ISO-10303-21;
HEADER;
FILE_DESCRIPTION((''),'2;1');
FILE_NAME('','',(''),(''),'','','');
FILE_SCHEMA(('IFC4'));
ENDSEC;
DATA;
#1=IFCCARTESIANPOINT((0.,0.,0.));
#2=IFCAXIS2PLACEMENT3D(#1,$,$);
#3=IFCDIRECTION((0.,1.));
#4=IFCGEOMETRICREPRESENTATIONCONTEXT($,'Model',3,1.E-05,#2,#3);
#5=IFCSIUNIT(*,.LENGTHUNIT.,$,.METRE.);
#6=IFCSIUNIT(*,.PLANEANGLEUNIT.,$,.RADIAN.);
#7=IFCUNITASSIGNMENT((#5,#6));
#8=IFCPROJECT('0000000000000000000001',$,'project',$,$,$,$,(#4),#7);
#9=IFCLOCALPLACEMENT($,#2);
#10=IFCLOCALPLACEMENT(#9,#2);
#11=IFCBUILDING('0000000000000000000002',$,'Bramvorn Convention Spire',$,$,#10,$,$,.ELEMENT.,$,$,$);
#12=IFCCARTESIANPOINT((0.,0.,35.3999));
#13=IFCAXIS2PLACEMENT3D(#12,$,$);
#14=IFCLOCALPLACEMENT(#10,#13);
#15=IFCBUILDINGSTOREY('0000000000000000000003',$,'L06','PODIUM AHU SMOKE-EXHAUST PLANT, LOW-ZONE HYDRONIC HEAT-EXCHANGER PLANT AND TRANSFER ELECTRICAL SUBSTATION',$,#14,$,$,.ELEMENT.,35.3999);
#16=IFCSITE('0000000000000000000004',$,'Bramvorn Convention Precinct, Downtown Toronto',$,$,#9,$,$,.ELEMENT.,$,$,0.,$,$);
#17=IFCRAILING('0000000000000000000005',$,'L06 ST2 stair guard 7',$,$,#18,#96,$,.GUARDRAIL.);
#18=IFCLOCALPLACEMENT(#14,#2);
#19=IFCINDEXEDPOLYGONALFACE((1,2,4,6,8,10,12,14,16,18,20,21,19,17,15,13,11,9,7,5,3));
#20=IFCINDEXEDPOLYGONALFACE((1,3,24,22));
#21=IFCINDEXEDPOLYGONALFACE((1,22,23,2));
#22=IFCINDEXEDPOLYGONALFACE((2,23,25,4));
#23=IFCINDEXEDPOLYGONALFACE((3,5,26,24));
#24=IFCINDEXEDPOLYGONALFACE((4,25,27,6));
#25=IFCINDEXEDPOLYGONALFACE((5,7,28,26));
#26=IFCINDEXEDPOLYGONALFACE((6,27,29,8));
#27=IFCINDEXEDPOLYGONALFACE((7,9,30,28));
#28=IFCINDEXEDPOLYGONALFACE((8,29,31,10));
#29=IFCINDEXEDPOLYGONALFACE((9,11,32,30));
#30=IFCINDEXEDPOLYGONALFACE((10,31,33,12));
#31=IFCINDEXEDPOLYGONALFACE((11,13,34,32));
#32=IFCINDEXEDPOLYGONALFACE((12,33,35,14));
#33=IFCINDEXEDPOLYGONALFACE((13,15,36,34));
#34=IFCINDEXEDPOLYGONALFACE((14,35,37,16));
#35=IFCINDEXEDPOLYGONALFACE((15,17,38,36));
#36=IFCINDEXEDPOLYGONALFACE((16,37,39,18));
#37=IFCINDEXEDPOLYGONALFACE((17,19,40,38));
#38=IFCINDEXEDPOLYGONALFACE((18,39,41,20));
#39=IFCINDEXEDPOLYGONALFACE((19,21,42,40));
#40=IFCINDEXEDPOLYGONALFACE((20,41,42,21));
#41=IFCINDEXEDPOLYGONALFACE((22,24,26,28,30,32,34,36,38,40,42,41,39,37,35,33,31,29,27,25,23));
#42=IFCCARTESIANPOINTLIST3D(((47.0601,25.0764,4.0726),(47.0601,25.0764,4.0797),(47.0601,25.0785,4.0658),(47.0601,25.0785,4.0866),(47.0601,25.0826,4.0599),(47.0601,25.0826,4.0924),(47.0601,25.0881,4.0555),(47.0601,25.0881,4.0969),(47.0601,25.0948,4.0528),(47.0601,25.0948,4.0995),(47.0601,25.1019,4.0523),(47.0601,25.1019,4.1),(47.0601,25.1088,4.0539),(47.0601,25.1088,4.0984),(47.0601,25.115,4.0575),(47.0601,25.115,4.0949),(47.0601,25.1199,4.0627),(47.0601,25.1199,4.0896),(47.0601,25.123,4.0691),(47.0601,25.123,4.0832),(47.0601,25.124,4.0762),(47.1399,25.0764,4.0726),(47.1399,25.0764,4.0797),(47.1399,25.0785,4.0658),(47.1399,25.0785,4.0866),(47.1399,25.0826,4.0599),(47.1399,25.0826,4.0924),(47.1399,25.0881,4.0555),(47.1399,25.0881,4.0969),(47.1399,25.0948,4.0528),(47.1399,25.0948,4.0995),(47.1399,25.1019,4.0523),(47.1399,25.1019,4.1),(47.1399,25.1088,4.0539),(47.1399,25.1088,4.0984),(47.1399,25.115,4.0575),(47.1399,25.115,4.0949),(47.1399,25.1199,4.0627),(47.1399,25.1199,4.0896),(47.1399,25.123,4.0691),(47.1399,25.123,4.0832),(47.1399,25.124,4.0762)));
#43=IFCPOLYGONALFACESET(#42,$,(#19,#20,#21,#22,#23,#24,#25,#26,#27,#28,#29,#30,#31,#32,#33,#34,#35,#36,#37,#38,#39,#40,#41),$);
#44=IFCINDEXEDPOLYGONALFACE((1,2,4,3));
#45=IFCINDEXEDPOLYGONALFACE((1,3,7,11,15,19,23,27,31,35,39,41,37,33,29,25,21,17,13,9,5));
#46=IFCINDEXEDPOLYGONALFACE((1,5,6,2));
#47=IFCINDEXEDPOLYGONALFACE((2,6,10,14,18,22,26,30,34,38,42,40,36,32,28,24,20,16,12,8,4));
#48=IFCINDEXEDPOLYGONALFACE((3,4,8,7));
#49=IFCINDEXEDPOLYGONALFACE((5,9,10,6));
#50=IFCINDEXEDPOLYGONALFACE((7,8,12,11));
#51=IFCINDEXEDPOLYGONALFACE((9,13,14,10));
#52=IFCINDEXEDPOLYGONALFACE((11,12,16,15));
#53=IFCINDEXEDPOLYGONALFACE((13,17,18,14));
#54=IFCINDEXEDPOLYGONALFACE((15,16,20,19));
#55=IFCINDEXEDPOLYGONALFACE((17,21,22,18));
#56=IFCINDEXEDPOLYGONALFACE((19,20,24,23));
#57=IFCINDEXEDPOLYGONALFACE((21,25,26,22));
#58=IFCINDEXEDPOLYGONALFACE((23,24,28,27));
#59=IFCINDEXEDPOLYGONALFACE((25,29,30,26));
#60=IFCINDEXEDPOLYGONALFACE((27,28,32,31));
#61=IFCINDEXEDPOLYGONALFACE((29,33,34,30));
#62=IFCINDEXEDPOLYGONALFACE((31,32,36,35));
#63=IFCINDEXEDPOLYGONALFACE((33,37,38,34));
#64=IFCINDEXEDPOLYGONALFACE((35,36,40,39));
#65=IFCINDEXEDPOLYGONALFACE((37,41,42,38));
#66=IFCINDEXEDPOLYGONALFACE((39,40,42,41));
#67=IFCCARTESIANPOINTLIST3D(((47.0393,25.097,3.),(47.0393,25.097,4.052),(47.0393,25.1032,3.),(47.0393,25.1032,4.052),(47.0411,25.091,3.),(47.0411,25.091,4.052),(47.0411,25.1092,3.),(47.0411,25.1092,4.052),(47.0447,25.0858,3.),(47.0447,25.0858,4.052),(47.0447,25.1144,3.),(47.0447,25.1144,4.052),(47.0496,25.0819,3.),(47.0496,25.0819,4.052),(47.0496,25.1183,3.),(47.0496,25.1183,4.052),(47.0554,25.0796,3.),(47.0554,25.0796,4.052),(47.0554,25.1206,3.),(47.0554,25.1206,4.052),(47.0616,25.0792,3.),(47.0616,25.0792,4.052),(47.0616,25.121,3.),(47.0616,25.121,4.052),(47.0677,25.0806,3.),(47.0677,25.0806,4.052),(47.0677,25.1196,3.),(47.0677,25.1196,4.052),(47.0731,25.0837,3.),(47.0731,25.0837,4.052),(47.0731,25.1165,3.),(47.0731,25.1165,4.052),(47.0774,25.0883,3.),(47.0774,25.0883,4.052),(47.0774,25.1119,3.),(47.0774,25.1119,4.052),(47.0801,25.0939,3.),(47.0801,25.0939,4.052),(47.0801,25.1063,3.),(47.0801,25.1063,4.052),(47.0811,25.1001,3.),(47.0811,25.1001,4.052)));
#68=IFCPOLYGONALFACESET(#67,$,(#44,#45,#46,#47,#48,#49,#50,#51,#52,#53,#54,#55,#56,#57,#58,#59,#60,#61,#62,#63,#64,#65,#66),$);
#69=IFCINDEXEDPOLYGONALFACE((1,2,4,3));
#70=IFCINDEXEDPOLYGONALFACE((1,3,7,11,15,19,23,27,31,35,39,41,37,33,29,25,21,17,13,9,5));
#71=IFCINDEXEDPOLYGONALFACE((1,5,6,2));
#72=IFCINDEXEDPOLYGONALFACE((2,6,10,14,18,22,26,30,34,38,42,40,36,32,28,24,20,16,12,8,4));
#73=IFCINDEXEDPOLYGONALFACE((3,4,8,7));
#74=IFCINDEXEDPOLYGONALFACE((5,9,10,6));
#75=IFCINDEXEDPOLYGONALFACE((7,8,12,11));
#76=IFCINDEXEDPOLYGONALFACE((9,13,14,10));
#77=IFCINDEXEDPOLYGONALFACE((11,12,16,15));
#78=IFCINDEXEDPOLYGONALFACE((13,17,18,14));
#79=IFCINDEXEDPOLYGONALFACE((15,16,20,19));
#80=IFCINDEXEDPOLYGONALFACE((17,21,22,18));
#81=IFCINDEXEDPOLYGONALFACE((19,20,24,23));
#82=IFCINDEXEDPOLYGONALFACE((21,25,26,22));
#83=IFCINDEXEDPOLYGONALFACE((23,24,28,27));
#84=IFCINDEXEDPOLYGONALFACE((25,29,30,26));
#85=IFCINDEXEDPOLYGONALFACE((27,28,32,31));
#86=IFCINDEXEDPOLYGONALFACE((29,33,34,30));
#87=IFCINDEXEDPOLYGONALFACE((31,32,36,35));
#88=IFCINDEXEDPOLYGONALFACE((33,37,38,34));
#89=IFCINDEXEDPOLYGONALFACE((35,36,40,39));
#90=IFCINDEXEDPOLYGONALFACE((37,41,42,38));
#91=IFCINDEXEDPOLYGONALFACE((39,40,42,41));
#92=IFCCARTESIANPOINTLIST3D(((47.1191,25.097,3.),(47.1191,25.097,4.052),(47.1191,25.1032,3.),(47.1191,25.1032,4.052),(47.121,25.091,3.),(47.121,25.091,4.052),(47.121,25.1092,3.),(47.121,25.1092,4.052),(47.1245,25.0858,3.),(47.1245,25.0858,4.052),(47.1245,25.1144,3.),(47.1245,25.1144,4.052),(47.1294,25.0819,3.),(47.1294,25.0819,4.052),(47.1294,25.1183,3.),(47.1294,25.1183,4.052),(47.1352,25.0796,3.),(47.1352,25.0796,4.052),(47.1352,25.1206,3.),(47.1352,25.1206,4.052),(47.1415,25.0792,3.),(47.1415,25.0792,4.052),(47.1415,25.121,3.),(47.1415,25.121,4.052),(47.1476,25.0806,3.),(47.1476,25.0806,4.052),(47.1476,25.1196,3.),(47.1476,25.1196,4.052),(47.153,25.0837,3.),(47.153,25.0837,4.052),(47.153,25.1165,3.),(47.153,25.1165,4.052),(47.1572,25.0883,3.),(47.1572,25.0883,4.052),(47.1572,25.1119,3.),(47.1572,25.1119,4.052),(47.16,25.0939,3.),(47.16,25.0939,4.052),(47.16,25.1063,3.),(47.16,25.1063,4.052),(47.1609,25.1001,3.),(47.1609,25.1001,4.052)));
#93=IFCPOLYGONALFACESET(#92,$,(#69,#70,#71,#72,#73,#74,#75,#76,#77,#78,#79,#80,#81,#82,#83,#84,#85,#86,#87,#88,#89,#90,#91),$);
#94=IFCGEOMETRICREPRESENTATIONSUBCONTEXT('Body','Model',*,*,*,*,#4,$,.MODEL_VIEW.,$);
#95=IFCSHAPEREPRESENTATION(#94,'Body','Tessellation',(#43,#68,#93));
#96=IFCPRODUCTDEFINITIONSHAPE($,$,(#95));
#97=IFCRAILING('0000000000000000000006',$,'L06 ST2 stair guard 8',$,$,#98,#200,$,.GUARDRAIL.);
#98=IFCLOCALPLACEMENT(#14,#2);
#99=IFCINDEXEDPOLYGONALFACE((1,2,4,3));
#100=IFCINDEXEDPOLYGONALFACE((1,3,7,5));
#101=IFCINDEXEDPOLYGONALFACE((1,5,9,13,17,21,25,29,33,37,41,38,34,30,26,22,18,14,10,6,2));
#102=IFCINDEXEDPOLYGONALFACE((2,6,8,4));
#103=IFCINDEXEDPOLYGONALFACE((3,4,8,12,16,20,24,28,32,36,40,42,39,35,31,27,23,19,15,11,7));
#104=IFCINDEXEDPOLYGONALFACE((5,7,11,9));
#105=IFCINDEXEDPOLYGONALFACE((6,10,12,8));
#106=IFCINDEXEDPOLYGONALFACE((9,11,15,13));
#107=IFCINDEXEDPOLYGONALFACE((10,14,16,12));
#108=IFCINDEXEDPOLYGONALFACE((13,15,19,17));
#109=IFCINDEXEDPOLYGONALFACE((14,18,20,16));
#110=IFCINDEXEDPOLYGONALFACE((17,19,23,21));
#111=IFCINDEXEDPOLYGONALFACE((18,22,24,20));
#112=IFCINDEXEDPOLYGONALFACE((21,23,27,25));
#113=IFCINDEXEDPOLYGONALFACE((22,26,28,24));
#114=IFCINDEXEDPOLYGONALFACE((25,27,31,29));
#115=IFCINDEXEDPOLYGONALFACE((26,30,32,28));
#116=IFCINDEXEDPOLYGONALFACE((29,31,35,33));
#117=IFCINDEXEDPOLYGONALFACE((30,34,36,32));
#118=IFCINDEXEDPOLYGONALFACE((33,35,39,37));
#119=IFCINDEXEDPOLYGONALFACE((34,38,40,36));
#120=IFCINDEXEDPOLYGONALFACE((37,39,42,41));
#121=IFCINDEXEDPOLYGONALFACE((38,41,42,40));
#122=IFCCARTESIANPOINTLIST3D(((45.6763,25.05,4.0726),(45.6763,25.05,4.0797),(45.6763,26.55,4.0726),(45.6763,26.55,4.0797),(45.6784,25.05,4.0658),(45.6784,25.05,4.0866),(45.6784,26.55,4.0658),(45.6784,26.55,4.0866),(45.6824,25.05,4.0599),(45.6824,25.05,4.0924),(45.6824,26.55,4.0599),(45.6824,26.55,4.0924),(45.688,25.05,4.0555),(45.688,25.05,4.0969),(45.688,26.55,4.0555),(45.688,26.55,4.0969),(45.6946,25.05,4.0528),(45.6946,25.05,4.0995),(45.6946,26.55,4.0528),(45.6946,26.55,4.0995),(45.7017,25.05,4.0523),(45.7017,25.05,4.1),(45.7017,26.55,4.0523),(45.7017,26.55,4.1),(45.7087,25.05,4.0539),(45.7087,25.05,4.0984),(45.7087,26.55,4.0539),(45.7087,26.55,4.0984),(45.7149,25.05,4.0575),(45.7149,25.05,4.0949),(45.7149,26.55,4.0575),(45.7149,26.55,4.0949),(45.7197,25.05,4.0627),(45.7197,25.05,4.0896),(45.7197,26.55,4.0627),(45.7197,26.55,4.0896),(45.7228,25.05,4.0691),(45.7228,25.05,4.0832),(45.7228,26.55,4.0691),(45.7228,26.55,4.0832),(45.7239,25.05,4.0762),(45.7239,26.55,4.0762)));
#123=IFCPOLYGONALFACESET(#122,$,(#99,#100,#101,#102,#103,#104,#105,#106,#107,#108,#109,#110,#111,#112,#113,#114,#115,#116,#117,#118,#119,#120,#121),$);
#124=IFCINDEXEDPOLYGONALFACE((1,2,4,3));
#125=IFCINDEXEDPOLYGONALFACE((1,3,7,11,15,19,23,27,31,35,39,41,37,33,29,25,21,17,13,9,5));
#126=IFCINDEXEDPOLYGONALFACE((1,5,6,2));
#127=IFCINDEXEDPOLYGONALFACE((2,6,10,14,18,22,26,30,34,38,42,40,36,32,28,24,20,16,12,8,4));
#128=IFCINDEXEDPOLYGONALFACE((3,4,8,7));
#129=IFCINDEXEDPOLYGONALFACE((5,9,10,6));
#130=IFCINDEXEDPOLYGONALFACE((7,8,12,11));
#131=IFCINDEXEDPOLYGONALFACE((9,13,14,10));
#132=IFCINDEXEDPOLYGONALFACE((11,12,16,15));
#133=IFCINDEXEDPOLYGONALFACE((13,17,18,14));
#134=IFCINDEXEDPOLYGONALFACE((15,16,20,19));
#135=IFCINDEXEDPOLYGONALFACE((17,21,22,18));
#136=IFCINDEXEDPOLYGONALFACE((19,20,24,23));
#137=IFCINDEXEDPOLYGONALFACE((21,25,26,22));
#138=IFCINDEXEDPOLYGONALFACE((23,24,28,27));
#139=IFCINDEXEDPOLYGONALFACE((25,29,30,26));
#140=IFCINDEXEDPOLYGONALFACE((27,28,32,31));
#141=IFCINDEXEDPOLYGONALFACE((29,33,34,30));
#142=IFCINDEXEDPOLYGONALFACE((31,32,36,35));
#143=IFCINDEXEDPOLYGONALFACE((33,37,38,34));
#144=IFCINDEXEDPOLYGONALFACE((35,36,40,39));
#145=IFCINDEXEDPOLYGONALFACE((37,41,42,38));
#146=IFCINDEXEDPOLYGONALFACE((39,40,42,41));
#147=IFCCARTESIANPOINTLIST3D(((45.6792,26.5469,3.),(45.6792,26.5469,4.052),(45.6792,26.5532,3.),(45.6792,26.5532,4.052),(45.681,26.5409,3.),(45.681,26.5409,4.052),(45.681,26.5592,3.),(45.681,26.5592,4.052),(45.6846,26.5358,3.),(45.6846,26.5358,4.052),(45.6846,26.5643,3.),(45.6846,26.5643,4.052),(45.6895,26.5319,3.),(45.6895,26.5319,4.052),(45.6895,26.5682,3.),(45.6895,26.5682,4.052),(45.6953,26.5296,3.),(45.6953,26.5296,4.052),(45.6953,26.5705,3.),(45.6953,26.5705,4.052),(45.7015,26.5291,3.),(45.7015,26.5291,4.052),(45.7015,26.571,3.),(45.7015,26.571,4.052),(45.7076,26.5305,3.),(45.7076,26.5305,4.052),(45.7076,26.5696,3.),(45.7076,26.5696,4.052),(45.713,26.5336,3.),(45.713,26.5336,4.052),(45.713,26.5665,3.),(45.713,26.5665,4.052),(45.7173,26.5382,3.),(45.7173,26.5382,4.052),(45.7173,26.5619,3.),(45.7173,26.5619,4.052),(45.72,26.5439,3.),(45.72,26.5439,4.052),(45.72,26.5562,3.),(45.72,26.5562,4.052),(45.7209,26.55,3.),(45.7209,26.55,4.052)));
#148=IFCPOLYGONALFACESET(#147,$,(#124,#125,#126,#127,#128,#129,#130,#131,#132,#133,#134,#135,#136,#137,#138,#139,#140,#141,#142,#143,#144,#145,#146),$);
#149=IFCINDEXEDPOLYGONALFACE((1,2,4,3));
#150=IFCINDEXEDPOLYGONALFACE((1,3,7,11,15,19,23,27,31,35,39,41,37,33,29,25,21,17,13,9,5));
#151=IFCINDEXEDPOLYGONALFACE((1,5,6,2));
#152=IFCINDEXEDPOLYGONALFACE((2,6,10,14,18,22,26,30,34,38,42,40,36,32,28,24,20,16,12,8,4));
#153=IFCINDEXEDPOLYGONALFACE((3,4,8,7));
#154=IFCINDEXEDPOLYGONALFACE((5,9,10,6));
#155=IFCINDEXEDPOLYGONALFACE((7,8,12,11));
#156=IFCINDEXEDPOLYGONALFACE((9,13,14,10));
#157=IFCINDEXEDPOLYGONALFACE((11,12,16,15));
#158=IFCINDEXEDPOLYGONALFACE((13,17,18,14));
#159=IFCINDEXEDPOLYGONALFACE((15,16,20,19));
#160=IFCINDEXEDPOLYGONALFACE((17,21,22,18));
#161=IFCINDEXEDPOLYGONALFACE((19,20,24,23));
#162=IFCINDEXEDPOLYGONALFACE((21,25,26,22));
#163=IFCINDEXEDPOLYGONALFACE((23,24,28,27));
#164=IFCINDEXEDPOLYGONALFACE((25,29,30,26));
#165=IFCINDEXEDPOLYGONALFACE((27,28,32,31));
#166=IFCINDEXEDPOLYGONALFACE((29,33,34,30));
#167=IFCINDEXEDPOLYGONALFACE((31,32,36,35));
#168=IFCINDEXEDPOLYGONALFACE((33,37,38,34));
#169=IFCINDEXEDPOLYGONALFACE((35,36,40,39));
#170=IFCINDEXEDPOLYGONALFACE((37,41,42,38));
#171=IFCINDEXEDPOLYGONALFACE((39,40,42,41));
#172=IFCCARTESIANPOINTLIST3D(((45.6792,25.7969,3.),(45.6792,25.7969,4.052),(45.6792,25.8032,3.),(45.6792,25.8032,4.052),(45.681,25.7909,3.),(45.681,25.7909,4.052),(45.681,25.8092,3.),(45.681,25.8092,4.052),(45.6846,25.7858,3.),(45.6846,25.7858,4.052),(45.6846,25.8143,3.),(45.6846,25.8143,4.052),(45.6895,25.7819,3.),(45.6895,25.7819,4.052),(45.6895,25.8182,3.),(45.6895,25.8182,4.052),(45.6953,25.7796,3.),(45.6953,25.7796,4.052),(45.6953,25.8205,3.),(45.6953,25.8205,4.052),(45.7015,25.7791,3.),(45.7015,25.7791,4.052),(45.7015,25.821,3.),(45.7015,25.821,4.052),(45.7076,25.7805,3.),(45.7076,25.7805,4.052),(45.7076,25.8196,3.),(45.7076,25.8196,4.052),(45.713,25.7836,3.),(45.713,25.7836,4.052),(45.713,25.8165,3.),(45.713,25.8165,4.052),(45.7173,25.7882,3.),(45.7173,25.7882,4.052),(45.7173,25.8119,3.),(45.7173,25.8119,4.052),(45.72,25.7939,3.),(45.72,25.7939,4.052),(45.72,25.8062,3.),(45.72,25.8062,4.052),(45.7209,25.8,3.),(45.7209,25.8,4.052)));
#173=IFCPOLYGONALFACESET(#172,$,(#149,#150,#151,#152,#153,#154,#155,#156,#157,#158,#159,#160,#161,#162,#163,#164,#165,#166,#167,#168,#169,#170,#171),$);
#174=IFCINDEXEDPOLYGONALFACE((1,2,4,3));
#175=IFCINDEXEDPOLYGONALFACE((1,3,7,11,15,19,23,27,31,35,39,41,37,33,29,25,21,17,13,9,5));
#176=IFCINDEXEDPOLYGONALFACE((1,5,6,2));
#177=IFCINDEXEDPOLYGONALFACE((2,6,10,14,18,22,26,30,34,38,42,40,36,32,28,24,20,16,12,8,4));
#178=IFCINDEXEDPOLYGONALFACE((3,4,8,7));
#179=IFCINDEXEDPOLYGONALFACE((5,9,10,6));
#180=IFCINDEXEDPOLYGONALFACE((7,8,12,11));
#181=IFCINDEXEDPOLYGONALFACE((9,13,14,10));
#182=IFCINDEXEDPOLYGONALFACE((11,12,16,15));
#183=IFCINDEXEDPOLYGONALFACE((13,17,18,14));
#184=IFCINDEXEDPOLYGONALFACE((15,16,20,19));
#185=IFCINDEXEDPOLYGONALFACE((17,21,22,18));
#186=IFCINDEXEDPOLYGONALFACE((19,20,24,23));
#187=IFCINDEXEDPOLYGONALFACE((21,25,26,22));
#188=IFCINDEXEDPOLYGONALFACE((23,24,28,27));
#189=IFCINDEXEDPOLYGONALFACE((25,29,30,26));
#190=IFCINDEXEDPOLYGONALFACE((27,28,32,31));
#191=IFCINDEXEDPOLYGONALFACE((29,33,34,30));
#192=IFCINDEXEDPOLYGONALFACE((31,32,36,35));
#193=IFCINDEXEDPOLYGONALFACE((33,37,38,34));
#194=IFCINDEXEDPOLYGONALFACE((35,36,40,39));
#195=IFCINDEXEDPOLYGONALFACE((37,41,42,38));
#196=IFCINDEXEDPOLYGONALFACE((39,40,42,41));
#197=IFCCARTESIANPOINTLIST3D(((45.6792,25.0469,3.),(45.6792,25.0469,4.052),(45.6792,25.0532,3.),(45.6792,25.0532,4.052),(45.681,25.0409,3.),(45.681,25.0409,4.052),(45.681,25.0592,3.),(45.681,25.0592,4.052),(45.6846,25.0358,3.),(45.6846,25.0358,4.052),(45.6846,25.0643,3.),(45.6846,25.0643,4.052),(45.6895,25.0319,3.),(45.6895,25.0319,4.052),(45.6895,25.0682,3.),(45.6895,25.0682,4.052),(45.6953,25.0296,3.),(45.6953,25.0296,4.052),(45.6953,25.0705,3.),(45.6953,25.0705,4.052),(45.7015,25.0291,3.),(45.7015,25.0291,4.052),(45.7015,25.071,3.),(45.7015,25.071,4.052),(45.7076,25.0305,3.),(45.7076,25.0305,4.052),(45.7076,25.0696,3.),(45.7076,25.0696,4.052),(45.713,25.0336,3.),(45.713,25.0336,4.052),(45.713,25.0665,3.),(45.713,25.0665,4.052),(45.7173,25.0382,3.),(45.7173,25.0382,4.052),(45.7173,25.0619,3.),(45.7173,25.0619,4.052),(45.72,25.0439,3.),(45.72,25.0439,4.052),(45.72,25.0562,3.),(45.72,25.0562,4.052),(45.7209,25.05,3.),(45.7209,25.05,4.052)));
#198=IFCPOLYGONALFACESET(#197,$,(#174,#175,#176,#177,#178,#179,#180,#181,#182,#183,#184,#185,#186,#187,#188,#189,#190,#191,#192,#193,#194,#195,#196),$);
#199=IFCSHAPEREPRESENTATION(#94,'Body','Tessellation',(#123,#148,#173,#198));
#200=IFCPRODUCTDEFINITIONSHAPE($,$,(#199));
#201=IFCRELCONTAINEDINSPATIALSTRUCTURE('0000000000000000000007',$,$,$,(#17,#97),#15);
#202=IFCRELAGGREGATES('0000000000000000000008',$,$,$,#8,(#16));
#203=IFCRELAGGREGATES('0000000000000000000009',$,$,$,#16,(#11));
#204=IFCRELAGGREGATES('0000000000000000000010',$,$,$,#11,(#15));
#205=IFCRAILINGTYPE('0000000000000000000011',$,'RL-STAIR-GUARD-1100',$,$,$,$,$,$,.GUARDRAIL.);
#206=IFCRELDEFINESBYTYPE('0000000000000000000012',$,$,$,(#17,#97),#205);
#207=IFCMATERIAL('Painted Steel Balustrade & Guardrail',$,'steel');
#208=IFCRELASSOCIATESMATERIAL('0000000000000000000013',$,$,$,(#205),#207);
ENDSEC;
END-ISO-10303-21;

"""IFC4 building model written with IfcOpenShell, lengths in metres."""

from ifc_helpers import new_model, si_unit, direction, frame, origin, origin_2d, place, context, subcontext, project, spatial, circle, extrude, material, type_object, element, save


model = new_model("IFC4")

# Units and contexts
model_context = context("Model", 3, precision=1e-05, world=origin(), true_north=direction((0.0, 1.0)))
body_context = subcontext(model_context, "Body", "Model", "MODEL_VIEW")
ifc_project = project(units=[si_unit("LENGTHUNIT", "METRE"), si_unit("PLANEANGLEUNIT", "RADIAN")], contexts=[model_context])

# Site, building, storey
site_placement = place(None, origin())
site = spatial("IfcSite", under=ifc_project, at=site_placement, Name="Bramvorn Convention Precinct, Downtown Toronto", CompositionType="ELEMENT", RefElevation=0.0)
building_placement = place(site_placement, origin())
building = spatial("IfcBuilding", under=site, at=building_placement, Name="Bramvorn Convention Spire", CompositionType="ELEMENT")
storey_placement = place(building_placement, frame((0.0, 0.0, 35.3999)))
storey = spatial("IfcBuildingStorey", under=building, at=storey_placement, Name="L06", Description="PODIUM AHU SMOKE-EXHAUST PLANT, LOW-ZONE HYDRONIC HEAT-EXCHANGER PLANT AND TRANSFER ELECTRICAL SUBSTATION", CompositionType="ELEMENT", Elevation=35.3999)

# Railings
ifc_material_1 = material(Name="Painted Steel Balustrade & Guardrail", Category="steel")
railing_type_1 = type_object("IfcRailingType", Name="RL-STAIR-GUARD-1100", PredefinedType="GUARDRAIL", material=ifc_material_1)
railing_1_placement = place(storey_placement, frame((47.0601, 25.1001, 3.0)))
element("IfcRailing", 1, at=railing_1_placement, inside=storey, type_object=railing_type_1, Name="L06 ST2 stair guard 7", PredefinedType="GUARDRAIL", context=body_context, shape_type="SweptSolid", body=[
    extrude(circle(Radius=0.0239, at=origin_2d()), frame((0.0, 0.0, 1.0762), z_axis=(1.0, 0.0, 0.0), x_axis=(0.0, 1.0, 0.0)), (0.0, 0.0, 1.0), 0.0798),
    extrude(circle(Radius=0.021, at=origin_2d()), origin(), (0.0, 0.0, 1.0), 1.052),
    extrude(circle(Radius=0.021, at=origin_2d()), frame((0.0798, 0.0, 0.0)), (0.0, 0.0, 1.0), 1.052),
])
for number, where, name in (
    (2, (45.7, 26.55, 3.0), "L06 ST2 stair guard 8"),
):
    element("IfcRailing", number, at=place(storey_placement, frame(where)), inside=storey, type_object=railing_type_1, Name=name, PredefinedType="GUARDRAIL", context=body_context, shape_type="SweptSolid", body=[
        extrude(circle(Radius=0.0239, at=origin_2d()), frame((0.0, 0.0, 1.0762), z_axis=(0.0, -1.0, 0.0), x_axis=(1.0, 0.0, 0.0)), (0.0, 0.0, 1.0), 1.5),
        extrude(circle(Radius=0.021, at=origin_2d()), origin(), (0.0, 0.0, 1.0), 1.052),
        extrude(circle(Radius=0.021, at=origin_2d()), frame((0.0, -0.75, 0.0)), (0.0, 0.0, 1.0), 1.052),
        extrude(circle(Radius=0.021, at=origin_2d()), frame((0.0, -1.5, 0.0)), (0.0, 0.0, 1.0), 1.052),
    ])

save(model, "model.ifc")
